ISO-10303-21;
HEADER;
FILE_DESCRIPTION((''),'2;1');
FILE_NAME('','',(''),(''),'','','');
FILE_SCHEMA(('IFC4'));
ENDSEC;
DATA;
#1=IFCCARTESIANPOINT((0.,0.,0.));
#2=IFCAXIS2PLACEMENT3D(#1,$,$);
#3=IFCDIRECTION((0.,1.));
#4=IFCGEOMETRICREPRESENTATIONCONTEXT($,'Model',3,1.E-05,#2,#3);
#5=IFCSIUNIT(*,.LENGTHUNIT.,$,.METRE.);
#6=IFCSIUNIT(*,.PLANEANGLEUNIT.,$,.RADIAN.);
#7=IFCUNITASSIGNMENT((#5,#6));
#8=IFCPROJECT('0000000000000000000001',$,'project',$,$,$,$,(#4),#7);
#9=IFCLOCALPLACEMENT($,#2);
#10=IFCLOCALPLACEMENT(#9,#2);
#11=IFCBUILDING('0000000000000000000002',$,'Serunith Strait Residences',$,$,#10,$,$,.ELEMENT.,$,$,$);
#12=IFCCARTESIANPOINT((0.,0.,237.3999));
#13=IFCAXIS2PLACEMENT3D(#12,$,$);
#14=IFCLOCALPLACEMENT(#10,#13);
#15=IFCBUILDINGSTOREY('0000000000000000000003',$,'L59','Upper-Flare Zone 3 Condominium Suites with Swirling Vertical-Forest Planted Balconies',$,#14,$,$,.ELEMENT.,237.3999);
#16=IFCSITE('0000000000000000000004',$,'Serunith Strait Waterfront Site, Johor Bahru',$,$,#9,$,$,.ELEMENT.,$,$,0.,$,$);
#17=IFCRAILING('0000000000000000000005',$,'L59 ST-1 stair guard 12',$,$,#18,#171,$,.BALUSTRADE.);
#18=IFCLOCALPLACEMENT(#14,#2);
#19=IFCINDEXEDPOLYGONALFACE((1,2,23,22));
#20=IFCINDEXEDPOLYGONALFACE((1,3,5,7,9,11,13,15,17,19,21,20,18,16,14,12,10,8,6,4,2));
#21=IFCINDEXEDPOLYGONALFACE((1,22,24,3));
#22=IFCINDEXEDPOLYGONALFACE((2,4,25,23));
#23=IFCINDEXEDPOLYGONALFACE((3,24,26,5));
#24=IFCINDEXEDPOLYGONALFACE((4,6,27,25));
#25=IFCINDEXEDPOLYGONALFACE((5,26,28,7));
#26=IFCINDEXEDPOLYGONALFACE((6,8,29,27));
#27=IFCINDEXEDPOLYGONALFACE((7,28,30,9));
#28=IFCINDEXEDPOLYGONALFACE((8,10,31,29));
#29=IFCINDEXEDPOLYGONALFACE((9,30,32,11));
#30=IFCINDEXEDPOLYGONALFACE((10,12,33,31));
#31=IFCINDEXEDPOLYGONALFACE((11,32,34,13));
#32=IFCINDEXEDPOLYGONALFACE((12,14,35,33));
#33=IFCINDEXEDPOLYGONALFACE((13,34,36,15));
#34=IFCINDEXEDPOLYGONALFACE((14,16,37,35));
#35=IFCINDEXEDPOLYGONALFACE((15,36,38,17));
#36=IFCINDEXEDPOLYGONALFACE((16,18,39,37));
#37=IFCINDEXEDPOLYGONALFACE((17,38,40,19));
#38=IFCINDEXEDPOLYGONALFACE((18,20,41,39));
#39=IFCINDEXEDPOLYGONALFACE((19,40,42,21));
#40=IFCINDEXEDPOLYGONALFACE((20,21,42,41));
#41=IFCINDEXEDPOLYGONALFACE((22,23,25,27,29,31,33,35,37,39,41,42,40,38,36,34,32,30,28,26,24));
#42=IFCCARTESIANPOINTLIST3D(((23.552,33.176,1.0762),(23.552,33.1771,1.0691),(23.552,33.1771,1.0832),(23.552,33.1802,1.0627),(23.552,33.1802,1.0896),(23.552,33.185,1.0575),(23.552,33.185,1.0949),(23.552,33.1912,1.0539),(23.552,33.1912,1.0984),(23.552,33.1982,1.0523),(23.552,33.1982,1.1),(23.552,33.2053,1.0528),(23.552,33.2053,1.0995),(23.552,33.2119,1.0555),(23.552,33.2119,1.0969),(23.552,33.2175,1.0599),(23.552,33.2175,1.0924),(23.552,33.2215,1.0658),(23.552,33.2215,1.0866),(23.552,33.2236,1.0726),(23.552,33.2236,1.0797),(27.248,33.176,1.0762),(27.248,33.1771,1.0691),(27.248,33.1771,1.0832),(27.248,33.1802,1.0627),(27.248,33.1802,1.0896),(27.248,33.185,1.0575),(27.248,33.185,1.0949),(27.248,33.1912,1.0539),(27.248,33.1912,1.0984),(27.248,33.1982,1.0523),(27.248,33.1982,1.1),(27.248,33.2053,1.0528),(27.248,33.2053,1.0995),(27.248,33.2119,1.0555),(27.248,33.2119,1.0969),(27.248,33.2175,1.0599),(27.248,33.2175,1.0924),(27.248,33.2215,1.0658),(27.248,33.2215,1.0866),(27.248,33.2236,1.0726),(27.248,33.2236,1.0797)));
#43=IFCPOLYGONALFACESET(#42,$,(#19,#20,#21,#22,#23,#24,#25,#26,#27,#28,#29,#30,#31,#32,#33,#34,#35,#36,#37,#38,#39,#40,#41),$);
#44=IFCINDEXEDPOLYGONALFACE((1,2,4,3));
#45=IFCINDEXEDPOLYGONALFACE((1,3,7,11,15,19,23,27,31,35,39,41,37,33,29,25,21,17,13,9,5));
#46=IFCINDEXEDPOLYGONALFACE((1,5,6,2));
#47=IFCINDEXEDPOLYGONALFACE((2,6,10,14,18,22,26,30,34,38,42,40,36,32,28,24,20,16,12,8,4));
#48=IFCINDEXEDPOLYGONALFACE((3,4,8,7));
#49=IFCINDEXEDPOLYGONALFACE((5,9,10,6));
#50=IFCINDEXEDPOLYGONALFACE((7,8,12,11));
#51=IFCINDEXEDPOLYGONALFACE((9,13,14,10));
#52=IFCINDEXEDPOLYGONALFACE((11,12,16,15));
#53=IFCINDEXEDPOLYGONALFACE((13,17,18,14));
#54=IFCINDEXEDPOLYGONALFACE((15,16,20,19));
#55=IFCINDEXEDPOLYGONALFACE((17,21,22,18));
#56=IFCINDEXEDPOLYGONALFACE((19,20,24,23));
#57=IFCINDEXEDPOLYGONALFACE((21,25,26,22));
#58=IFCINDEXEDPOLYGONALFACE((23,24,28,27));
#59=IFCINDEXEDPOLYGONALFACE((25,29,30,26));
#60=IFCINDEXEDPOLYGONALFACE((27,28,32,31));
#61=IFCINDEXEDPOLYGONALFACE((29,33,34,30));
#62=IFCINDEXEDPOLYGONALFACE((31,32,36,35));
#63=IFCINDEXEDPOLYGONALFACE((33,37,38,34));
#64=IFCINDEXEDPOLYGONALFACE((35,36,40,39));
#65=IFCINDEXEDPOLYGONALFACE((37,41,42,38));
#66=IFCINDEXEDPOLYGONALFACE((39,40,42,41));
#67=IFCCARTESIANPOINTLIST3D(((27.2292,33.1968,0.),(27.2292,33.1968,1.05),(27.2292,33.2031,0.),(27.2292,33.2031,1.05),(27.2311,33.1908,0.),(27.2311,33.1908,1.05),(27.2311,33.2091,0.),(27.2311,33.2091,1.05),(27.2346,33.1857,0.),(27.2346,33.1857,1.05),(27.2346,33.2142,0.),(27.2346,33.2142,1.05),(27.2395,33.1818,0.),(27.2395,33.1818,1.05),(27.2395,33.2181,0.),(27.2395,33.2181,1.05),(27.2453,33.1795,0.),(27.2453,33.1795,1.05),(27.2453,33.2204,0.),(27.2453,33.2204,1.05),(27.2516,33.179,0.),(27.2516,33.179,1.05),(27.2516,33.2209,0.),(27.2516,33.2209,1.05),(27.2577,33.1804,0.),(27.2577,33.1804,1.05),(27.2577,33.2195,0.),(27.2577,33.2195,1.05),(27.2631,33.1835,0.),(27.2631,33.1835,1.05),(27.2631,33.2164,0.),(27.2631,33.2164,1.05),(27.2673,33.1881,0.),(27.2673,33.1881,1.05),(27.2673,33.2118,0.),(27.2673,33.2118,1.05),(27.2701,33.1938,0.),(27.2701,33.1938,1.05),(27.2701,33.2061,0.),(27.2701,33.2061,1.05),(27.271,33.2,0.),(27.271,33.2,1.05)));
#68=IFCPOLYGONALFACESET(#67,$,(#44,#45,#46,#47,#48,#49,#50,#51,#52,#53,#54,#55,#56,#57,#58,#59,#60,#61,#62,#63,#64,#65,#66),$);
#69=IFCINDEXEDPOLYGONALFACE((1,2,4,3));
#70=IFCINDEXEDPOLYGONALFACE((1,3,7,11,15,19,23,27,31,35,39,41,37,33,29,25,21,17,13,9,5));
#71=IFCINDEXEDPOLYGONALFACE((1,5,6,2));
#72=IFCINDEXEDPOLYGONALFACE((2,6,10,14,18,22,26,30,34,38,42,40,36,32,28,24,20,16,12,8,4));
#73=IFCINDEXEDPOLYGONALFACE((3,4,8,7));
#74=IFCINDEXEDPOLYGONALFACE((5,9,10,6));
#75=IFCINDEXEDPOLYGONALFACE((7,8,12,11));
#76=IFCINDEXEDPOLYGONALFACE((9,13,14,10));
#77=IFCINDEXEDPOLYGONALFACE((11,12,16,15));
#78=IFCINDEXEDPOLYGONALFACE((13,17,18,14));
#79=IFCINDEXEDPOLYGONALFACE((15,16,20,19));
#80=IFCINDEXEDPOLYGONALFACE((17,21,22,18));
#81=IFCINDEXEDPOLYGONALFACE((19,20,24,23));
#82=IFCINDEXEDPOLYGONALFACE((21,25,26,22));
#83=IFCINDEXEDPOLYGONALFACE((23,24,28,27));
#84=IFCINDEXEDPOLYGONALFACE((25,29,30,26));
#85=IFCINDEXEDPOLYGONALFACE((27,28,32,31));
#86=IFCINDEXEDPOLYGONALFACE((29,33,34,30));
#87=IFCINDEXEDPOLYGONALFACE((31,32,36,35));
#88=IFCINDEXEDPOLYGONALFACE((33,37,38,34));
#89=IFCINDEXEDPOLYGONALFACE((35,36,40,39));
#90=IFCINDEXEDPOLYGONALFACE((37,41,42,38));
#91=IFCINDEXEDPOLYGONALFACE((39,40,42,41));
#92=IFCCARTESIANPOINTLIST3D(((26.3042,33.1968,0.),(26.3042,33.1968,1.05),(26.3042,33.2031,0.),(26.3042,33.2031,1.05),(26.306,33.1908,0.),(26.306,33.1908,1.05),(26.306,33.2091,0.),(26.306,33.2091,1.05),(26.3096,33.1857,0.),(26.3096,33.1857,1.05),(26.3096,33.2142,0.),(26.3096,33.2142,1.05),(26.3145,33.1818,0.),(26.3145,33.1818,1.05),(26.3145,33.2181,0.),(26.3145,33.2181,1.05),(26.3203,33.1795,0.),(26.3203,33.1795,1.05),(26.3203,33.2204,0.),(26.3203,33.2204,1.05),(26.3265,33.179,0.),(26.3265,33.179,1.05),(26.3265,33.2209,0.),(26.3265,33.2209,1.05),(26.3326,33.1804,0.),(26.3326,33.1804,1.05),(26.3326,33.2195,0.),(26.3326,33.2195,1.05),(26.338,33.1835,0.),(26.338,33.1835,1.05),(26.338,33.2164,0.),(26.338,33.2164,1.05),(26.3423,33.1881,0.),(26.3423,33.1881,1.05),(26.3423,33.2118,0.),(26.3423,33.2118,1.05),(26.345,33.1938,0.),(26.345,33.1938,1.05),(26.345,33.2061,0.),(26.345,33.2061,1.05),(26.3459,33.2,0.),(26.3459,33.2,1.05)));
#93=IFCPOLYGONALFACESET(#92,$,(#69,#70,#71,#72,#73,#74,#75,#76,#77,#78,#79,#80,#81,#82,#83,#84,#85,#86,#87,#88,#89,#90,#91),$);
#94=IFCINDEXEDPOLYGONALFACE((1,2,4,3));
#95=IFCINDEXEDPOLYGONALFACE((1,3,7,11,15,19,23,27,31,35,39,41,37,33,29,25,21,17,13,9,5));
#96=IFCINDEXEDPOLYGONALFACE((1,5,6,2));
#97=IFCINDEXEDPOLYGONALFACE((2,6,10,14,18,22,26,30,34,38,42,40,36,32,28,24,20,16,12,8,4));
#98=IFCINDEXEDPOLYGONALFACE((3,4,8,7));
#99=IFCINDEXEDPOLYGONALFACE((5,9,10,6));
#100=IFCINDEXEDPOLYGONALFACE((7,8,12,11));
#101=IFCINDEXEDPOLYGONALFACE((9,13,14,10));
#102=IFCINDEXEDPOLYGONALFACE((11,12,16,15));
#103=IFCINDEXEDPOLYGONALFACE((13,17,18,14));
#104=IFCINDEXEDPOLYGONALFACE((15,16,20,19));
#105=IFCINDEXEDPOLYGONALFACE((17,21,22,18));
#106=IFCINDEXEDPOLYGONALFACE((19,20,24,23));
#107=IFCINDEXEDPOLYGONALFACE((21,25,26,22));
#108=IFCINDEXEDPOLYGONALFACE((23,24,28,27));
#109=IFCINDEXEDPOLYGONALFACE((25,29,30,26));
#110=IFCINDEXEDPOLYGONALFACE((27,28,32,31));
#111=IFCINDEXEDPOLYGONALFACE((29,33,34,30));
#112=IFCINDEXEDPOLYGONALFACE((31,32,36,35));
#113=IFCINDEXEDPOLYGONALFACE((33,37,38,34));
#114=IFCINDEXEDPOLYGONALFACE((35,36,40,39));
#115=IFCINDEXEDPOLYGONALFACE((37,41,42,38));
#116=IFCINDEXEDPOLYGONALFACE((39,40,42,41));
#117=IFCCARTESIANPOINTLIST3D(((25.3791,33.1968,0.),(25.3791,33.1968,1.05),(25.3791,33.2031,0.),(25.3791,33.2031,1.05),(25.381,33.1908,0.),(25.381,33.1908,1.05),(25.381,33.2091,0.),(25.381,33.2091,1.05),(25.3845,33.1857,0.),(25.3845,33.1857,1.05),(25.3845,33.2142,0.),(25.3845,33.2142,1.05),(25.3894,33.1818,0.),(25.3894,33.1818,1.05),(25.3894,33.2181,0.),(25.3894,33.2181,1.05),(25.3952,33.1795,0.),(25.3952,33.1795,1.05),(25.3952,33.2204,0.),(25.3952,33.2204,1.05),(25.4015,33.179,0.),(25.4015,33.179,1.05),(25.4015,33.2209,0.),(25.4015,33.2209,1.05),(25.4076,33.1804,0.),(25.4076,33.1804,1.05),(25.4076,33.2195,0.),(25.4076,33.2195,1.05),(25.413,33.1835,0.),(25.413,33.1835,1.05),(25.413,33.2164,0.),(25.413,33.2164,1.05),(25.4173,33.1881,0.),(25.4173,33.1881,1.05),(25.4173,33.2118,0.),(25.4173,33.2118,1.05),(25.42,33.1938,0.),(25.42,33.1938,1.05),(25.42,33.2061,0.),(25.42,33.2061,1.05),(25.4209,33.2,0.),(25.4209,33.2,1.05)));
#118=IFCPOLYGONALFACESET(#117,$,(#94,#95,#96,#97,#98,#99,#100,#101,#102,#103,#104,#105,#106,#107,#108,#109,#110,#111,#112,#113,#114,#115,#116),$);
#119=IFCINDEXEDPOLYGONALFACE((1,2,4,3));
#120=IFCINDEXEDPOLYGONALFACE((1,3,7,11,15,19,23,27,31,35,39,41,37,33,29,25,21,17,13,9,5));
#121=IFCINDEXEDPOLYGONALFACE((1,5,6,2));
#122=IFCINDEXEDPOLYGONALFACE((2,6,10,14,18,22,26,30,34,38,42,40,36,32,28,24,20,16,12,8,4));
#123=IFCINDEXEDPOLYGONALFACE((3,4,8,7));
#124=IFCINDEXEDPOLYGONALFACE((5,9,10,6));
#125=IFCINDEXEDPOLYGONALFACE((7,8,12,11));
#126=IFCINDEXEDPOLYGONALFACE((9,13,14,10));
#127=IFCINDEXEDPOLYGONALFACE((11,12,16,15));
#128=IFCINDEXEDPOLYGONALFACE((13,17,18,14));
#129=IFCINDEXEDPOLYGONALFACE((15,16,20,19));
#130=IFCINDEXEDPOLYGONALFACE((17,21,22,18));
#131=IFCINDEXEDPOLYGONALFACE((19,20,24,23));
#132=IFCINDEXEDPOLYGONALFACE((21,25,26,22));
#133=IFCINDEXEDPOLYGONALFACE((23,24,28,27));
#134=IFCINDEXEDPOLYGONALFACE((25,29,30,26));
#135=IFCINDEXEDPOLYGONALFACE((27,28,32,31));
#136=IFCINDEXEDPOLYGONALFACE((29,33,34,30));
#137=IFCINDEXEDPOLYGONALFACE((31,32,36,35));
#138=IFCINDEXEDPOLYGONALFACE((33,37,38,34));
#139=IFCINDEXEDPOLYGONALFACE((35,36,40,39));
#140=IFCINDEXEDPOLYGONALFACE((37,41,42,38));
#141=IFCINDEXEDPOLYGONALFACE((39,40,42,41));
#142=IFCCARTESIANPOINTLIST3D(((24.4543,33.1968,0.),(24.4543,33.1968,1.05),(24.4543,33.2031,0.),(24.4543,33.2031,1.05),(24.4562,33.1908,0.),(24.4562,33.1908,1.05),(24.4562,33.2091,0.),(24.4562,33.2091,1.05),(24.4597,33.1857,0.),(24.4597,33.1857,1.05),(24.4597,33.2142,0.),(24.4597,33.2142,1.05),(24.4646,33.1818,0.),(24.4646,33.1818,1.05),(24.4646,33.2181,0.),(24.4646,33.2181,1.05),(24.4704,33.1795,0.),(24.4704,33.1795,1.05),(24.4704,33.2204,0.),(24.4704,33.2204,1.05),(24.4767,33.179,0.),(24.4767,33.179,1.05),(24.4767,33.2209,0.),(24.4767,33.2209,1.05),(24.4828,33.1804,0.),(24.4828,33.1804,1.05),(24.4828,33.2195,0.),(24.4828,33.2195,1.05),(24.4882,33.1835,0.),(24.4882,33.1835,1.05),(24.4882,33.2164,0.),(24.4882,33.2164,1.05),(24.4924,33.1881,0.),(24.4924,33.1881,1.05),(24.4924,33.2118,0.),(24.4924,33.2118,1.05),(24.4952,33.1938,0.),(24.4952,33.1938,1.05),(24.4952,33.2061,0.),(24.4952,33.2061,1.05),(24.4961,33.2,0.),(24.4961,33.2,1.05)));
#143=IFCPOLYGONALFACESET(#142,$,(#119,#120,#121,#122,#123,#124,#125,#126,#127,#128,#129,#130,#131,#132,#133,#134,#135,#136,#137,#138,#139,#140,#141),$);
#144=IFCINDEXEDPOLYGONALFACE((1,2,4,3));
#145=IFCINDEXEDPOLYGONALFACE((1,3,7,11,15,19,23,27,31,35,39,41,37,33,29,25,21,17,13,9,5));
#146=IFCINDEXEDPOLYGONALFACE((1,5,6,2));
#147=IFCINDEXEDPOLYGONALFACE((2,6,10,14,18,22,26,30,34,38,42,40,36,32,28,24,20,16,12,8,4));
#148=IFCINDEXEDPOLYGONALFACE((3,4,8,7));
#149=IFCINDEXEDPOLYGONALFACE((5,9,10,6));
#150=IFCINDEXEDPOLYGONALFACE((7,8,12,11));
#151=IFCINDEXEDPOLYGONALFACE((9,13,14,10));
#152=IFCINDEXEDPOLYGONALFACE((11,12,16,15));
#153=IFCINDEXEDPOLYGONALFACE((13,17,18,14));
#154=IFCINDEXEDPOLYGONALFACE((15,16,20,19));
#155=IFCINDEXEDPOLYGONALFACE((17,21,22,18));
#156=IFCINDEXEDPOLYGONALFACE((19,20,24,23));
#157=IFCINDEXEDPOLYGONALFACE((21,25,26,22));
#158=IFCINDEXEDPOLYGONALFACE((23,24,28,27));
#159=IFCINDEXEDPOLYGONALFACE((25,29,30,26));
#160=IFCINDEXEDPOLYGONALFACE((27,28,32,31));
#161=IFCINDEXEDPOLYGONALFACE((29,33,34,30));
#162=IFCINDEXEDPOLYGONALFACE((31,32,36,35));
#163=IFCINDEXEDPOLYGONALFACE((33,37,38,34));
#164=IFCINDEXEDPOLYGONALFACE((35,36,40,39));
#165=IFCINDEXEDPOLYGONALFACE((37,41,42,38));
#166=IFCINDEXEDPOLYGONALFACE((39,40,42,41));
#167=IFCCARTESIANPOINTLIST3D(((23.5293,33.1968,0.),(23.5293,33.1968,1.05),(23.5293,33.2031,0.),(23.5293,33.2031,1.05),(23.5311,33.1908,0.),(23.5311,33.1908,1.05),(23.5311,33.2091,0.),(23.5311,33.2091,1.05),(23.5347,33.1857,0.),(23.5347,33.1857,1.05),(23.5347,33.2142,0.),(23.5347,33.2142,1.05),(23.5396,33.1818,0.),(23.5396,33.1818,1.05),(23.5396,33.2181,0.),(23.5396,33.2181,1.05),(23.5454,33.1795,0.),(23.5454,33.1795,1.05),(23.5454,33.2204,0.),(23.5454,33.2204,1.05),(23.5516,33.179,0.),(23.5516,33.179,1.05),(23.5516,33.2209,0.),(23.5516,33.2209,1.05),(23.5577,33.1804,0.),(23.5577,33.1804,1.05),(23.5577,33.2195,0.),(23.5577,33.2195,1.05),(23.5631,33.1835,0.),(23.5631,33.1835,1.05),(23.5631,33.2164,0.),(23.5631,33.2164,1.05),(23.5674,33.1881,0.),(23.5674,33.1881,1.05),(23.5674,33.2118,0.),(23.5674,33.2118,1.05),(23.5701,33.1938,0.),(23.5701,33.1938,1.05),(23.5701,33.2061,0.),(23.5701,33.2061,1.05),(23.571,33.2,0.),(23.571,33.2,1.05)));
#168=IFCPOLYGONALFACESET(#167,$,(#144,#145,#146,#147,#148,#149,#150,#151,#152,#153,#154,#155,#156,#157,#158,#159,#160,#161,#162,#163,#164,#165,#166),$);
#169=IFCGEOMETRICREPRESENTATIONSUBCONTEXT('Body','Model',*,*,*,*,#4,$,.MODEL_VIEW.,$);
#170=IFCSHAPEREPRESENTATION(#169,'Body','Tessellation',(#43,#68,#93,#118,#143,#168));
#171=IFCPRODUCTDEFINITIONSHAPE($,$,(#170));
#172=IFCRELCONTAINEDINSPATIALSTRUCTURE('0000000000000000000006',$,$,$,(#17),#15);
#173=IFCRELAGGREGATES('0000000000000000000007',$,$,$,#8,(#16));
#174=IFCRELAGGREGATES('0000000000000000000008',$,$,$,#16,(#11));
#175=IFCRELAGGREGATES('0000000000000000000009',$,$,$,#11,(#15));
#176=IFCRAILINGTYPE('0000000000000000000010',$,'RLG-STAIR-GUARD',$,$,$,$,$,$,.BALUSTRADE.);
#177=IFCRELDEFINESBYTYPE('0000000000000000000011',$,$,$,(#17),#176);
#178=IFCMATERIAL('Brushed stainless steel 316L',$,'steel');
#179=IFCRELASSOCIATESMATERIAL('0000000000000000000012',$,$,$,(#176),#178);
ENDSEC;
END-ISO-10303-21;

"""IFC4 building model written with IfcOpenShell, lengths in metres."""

from ifc_helpers import new_model, si_unit, direction, frame, origin, origin_2d, place, context, subcontext, project, spatial, circle, extrude, material, type_object, element, save


model = new_model("IFC4")

# Units and contexts
model_context = context("Model", 3, precision=1e-05, world=origin(), true_north=direction((0.0, 1.0)))
body_context = subcontext(model_context, "Body", "Model", "MODEL_VIEW")
ifc_project = project(units=[si_unit("LENGTHUNIT", "METRE"), si_unit("PLANEANGLEUNIT", "RADIAN")], contexts=[model_context])

# Site, building, storey
site_placement = place(None, origin())
site = spatial("IfcSite", under=ifc_project, at=site_placement, Name="Serunith Strait Waterfront Site, Johor Bahru", CompositionType="ELEMENT", RefElevation=0.0)
building_placement = place(site_placement, origin())
building = spatial("IfcBuilding", under=site, at=building_placement, Name="Serunith Strait Residences", CompositionType="ELEMENT")
storey_placement = place(building_placement, frame((0.0, 0.0, 237.3999)))
storey = spatial("IfcBuildingStorey", under=building, at=storey_placement, Name="L59", Description="Upper-Flare Zone 3 Condominium Suites with Swirling Vertical-Forest Planted Balconies", CompositionType="ELEMENT", Elevation=237.3999)

# Railing
ifc_material_1 = material(Name="Brushed stainless steel 316L", Category="steel")
railing_type_1 = type_object("IfcRailingType", Name="RLG-STAIR-GUARD", PredefinedType="BALUSTRADE", material=ifc_material_1)
railing_1_placement = place(storey_placement, frame((27.25, 33.2, 0.0)))
element("IfcRailing", 1, at=railing_1_placement, inside=storey, type_object=railing_type_1, Name="L59 ST-1 stair guard 12", PredefinedType="BALUSTRADE", context=body_context, shape_type="SweptSolid", body=[
    extrude(circle(Radius=0.0239, at=origin_2d()), frame((-0.002, 0.0, 1.0762), z_axis=(-1.0, 0.0, 0.0), x_axis=(0.0, -1.0, 0.0)), (0.0, 0.0, 1.0), 3.696),
    extrude(circle(Radius=0.021, at=origin_2d()), origin(), (0.0, 0.0, 1.0), 1.05),
    extrude(circle(Radius=0.021, at=origin_2d()), frame((-0.925, 0.0, 0.0)), (0.0, 0.0, 1.0), 1.05),
    extrude(circle(Radius=0.021, at=origin_2d()), frame((-1.8501, 0.0, 0.0)), (0.0, 0.0, 1.0), 1.05),
    extrude(circle(Radius=0.021, at=origin_2d()), frame((-2.7749, 0.0, 0.0)), (0.0, 0.0, 1.0), 1.05),
    extrude(circle(Radius=0.021, at=origin_2d()), frame((-3.7, 0.0, 0.0)), (0.0, 0.0, 1.0), 1.05),
])

save(model, "model.ifc")
